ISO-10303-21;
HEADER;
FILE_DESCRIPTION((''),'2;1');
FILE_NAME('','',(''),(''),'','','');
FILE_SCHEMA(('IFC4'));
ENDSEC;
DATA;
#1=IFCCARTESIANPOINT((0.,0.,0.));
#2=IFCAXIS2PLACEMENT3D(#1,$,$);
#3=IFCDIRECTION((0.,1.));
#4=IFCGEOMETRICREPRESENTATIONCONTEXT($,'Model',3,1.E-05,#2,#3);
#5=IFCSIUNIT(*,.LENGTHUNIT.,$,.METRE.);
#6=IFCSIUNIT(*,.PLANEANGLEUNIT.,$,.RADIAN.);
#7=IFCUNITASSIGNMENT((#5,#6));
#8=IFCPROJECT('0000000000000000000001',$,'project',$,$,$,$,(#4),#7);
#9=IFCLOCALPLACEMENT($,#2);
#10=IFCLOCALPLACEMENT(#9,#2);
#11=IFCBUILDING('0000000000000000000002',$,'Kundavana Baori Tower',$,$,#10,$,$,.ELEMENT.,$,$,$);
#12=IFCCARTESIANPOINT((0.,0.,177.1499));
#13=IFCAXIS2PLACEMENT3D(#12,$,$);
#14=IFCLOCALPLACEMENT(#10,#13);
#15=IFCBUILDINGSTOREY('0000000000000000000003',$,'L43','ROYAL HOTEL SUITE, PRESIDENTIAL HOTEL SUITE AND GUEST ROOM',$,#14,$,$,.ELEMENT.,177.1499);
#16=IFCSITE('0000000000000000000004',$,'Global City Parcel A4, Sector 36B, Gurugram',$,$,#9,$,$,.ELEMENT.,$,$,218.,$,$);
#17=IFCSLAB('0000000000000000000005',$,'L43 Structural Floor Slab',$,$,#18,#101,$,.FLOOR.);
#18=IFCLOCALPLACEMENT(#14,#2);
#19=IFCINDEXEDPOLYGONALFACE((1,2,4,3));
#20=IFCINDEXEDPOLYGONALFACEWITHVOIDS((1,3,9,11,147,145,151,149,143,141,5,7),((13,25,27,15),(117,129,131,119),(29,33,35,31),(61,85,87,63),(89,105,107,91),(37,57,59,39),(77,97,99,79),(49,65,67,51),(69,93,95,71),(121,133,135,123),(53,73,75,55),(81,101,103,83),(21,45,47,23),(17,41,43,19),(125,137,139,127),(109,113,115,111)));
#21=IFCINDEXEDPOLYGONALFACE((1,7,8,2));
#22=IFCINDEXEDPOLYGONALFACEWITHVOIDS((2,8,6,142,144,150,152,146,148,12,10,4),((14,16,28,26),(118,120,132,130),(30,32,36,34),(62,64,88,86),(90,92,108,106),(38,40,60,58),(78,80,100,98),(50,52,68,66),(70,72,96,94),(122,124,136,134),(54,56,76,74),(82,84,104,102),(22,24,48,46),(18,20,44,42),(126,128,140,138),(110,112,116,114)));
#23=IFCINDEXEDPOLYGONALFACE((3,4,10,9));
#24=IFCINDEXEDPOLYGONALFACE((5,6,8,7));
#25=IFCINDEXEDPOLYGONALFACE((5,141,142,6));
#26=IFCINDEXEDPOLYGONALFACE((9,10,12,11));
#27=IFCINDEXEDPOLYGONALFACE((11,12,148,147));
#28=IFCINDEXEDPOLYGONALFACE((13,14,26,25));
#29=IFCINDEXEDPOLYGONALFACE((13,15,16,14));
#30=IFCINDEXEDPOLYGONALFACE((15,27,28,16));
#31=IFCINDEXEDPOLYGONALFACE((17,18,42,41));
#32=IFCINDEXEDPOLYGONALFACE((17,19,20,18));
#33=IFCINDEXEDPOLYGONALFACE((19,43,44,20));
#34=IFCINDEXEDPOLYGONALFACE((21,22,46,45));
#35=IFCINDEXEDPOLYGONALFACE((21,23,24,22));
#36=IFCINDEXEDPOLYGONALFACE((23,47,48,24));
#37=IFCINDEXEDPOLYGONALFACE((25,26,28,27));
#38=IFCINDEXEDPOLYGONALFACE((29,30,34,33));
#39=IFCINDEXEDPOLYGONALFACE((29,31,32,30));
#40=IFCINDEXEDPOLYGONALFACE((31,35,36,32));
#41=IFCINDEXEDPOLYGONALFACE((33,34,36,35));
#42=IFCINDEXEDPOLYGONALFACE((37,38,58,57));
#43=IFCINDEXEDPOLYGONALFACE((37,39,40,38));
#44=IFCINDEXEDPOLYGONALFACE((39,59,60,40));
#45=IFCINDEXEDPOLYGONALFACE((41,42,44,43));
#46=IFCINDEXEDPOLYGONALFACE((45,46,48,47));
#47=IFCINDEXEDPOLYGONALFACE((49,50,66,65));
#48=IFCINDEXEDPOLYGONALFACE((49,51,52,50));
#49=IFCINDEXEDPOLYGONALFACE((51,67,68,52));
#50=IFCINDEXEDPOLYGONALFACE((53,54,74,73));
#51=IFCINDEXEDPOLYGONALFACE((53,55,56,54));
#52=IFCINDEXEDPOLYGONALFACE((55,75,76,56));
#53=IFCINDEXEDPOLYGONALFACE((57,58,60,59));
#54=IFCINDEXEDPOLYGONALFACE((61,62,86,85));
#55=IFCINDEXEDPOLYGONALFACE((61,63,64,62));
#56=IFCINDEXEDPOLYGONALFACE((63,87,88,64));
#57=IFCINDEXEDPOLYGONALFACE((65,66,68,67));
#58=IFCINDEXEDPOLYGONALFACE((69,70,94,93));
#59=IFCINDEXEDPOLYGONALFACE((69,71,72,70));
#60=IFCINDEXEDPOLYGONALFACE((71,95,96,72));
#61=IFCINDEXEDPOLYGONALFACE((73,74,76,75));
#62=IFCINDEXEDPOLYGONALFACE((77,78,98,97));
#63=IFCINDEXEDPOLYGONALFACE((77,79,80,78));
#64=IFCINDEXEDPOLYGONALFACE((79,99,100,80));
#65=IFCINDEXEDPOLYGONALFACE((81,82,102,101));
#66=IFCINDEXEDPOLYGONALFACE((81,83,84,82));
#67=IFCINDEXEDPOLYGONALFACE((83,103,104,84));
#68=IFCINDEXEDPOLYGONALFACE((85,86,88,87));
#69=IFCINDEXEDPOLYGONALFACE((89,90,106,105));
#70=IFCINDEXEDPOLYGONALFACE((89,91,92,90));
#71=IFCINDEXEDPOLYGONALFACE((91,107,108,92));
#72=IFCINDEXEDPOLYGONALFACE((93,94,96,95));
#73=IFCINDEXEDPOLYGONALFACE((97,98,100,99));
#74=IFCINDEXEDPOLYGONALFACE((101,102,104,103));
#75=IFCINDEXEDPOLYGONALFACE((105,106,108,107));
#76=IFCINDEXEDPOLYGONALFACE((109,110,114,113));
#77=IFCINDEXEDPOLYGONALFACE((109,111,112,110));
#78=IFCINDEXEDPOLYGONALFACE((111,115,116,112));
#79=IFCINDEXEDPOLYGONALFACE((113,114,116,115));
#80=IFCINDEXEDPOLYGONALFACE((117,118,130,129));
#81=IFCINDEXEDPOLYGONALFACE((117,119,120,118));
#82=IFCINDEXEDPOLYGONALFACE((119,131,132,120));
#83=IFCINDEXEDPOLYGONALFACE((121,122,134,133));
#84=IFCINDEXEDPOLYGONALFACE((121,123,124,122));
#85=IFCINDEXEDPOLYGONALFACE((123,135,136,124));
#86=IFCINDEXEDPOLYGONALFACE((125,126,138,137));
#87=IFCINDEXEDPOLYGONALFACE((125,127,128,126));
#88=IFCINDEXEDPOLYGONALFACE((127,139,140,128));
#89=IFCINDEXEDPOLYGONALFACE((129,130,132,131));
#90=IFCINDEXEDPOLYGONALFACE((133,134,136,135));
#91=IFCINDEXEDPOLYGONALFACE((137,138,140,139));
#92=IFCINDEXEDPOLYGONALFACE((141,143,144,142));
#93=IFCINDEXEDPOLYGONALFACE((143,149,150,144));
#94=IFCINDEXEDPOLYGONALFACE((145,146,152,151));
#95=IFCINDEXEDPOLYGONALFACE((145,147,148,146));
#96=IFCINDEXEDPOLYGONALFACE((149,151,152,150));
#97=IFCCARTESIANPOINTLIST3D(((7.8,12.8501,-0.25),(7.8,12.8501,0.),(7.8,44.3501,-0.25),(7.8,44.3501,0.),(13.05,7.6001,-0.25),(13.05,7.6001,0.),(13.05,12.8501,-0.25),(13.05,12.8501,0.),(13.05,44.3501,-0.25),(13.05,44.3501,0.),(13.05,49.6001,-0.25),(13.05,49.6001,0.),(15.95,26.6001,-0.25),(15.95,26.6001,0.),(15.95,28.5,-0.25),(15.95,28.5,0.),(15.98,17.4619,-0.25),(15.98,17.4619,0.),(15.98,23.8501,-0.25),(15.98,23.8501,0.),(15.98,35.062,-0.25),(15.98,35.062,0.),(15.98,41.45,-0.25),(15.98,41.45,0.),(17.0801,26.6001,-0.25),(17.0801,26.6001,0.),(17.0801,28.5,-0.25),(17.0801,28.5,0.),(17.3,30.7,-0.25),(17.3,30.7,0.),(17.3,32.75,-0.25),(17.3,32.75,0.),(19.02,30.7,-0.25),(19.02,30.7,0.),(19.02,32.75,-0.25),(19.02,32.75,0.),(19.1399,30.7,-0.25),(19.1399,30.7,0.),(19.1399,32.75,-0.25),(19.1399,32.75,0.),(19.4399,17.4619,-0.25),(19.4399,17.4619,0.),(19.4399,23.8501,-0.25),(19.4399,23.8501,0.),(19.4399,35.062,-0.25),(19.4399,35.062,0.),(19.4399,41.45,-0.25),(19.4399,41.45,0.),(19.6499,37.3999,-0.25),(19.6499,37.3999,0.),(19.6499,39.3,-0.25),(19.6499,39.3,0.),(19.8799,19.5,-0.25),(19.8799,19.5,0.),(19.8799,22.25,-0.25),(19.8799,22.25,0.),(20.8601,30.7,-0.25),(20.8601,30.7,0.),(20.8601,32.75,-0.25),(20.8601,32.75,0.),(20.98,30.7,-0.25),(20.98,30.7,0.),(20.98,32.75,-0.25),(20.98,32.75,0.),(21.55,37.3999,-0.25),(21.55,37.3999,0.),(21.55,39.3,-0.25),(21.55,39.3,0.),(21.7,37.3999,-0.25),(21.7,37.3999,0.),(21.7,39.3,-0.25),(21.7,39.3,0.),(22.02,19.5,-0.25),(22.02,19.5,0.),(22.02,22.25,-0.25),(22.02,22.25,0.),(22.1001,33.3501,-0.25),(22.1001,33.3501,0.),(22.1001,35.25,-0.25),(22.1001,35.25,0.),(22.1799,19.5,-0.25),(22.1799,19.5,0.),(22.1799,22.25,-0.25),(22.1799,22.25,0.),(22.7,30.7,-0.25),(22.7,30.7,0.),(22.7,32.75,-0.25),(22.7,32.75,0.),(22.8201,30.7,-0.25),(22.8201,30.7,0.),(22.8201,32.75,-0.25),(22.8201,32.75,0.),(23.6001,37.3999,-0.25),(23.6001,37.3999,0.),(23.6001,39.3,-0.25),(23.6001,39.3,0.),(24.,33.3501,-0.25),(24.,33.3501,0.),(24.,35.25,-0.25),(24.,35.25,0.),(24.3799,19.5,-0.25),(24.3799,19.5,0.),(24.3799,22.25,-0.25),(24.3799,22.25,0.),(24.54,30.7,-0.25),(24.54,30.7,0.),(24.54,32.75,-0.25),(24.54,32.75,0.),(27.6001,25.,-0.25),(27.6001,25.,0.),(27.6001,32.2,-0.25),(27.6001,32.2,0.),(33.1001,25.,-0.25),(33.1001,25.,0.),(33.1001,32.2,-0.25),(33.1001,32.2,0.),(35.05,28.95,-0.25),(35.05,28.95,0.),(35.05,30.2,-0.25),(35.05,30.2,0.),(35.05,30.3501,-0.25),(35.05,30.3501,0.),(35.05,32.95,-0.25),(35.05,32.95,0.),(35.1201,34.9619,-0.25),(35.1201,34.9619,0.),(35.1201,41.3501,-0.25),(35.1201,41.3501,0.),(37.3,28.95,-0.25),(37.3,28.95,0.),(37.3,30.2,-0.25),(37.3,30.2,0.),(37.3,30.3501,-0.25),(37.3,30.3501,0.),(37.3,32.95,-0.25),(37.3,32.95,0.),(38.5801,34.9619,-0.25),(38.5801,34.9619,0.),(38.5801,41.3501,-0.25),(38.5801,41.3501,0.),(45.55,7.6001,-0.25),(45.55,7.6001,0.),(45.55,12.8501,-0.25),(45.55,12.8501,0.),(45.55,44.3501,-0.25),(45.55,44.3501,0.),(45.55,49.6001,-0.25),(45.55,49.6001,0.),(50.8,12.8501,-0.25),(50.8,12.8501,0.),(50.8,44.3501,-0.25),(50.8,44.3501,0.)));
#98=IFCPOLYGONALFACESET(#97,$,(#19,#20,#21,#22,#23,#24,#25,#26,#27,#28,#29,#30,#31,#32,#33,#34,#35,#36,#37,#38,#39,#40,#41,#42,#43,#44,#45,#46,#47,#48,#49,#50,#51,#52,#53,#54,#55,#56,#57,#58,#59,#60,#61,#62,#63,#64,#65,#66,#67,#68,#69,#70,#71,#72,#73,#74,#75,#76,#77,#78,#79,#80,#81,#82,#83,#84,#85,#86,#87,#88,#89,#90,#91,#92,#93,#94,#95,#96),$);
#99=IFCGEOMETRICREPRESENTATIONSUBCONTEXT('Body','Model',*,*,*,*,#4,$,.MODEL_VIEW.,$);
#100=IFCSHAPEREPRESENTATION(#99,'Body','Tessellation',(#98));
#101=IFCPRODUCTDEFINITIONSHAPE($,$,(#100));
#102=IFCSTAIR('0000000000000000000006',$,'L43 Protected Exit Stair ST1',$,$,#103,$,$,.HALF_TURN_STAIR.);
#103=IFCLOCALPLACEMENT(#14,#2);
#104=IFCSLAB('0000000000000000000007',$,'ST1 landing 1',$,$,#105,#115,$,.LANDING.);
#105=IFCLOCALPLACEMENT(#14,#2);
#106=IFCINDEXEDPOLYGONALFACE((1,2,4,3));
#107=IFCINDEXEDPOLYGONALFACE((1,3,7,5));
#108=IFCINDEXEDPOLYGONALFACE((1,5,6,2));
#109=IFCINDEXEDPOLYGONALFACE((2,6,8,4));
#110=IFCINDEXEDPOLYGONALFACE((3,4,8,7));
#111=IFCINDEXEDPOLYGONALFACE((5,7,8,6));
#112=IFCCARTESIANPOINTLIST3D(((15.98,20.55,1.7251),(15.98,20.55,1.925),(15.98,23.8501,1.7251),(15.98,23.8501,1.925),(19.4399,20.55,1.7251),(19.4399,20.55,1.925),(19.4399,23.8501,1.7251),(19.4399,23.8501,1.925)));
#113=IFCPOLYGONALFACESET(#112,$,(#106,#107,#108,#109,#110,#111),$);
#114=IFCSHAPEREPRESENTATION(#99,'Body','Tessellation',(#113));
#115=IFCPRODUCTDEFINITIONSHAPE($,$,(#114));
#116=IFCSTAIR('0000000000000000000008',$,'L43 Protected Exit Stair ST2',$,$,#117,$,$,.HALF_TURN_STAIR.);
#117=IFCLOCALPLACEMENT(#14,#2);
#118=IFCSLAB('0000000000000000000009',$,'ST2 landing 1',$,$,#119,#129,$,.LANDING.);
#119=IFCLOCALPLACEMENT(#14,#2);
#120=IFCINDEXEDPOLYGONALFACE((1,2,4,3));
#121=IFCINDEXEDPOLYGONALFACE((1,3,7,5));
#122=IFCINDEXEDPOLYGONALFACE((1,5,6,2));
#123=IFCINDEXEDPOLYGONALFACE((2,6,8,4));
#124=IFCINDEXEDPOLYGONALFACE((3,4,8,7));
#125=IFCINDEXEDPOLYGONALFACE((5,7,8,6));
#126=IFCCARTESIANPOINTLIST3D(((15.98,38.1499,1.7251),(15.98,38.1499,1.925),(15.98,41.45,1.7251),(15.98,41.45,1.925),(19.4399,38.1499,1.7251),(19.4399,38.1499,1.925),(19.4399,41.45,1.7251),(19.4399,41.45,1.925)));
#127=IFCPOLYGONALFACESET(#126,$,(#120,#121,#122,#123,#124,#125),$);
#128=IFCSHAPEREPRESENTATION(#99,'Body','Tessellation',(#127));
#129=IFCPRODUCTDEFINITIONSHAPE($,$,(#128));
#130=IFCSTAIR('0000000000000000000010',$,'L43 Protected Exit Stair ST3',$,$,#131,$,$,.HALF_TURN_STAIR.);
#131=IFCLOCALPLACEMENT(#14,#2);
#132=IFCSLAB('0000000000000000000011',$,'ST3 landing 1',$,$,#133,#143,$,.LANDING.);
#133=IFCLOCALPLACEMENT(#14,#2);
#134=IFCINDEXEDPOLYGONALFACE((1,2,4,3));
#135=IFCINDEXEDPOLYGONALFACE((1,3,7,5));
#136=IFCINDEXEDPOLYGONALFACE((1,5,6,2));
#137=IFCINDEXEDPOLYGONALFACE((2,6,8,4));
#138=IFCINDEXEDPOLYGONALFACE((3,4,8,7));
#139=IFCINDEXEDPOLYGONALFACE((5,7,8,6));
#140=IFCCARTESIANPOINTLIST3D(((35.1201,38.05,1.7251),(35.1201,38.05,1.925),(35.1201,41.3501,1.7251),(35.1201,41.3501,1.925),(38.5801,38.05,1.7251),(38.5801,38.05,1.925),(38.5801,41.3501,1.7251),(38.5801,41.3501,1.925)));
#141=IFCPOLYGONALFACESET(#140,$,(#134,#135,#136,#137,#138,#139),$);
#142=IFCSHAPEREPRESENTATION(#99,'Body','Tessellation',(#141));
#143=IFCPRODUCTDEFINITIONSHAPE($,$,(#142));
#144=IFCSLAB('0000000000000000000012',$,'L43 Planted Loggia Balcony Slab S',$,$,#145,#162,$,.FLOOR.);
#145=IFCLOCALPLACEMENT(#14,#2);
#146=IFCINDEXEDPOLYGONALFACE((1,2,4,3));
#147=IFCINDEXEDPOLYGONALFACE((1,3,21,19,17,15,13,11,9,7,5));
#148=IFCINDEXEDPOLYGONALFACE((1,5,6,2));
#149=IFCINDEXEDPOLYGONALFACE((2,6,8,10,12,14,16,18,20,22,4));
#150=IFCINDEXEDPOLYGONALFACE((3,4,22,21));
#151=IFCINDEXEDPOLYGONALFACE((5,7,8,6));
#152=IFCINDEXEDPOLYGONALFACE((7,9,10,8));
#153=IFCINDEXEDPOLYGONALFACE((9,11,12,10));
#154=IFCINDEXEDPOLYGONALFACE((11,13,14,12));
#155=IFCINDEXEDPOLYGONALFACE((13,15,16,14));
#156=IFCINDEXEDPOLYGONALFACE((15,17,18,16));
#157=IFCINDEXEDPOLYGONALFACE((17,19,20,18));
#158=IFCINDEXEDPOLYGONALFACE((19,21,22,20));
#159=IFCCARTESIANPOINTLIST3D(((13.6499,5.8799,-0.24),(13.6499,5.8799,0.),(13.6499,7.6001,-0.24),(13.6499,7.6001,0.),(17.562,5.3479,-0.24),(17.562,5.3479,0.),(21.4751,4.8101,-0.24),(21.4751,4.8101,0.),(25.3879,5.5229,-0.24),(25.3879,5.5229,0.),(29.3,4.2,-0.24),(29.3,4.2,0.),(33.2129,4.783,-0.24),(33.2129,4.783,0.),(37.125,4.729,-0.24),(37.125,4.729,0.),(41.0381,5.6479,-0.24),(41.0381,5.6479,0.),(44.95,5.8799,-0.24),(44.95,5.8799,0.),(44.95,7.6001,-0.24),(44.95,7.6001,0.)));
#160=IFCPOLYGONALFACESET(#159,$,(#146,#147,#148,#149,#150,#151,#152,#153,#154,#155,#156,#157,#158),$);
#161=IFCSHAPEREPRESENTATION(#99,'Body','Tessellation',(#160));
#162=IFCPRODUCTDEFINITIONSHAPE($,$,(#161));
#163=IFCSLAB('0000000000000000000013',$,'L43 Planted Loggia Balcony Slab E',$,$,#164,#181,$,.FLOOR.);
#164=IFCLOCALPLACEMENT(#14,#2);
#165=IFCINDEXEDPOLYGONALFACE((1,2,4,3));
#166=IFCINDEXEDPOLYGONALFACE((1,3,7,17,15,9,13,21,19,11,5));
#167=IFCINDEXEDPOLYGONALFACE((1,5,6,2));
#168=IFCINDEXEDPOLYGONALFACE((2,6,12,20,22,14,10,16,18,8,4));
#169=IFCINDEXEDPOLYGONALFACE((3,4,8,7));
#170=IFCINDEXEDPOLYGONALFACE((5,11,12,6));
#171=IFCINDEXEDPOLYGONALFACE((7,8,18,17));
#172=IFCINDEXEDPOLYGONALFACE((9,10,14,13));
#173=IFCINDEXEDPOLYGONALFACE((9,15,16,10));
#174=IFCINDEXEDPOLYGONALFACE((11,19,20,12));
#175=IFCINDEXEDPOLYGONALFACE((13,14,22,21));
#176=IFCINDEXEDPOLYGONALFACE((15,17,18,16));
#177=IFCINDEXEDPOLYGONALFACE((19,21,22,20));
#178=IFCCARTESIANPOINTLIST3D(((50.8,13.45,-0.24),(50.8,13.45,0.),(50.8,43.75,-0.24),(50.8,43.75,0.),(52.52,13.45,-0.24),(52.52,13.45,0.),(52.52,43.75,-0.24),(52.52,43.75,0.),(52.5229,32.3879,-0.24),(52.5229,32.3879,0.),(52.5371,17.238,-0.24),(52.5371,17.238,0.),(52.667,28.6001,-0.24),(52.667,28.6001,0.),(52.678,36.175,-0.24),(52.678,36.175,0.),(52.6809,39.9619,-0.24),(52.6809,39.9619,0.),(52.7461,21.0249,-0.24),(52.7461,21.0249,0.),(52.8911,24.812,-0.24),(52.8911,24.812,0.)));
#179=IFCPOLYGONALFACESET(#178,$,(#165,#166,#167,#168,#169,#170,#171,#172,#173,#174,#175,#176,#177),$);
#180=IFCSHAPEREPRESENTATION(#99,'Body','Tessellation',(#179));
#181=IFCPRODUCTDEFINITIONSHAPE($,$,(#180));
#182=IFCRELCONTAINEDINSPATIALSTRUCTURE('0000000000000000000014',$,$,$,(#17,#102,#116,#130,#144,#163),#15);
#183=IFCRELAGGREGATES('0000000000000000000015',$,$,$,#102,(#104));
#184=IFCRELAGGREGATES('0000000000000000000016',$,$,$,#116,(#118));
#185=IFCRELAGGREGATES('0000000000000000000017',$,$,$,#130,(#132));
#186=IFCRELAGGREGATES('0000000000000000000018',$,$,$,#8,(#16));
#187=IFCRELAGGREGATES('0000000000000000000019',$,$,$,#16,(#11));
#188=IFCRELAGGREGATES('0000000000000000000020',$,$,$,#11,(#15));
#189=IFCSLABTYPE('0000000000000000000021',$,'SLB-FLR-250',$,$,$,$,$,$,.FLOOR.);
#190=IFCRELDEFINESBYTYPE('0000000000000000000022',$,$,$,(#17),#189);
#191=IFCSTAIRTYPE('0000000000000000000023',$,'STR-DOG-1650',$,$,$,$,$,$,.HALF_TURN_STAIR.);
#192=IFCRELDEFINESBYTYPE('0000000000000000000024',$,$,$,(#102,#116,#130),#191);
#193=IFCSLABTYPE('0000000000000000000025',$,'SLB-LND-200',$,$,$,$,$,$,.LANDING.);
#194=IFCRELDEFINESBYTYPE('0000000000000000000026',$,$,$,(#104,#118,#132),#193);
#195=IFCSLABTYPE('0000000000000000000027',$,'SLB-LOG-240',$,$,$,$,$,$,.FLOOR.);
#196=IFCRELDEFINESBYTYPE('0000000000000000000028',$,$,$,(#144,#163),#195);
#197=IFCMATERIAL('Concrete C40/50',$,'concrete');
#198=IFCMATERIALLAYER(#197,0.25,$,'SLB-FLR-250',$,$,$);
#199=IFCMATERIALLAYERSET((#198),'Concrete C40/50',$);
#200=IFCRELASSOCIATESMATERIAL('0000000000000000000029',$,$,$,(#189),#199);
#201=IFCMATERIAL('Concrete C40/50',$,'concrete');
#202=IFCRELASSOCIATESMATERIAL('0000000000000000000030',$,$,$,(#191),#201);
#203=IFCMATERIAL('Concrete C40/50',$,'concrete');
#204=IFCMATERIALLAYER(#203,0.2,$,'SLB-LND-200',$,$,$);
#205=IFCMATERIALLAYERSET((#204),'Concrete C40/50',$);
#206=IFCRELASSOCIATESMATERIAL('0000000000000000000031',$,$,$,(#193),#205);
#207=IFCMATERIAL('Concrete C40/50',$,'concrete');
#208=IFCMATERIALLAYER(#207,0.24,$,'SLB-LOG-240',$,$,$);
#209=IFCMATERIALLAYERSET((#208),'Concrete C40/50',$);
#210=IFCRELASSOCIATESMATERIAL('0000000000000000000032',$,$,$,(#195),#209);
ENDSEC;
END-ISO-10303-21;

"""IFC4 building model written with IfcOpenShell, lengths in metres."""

from ifc_helpers import new_model, si_unit, direction, frame, origin, place, context, subcontext, project, spatial, polyline, outline, extrude, material, layer, layer_set, type_object, element, aggregate, save


model = new_model("IFC4")

# Units and contexts
model_context = context("Model", 3, precision=1e-05, world=origin(), true_north=direction((0.0, 1.0)))
body_context = subcontext(model_context, "Body", "Model", "MODEL_VIEW")
ifc_project = project(units=[si_unit("LENGTHUNIT", "METRE"), si_unit("PLANEANGLEUNIT", "RADIAN")], contexts=[model_context])

# Site, building, storey
site_placement = place(None, origin())
site = spatial("IfcSite", under=ifc_project, at=site_placement, Name="Global City Parcel A4, Sector 36B, Gurugram", CompositionType="ELEMENT", RefElevation=218.0)
building_placement = place(site_placement, origin())
building = spatial("IfcBuilding", under=site, at=building_placement, Name="Kundavana Baori Tower", CompositionType="ELEMENT")
storey_placement = place(building_placement, frame((0.0, 0.0, 177.1499)))
storey = spatial("IfcBuildingStorey", under=building, at=storey_placement, Name="L43", Description="ROYAL HOTEL SUITE, PRESIDENTIAL HOTEL SUITE AND GUEST ROOM", CompositionType="ELEMENT", Elevation=177.1499)

# Slab
ifc_material_1 = material(Name="Concrete C40/50", Category="concrete")
ifc_layer_1 = layer(ifc_material_1, 0.25, Name="SLB-FLR-250")
ifc_layer_set_1 = layer_set([ifc_layer_1], Name="Concrete C40/50")
slab_type_1 = type_object("IfcSlabType", Name="SLB-FLR-250", PredefinedType="FLOOR", material=ifc_layer_set_1)
slab_1_placement = place(storey_placement, frame((0.0, 0.0, -0.25)))
element("IfcSlab", 1, at=slab_1_placement, inside=storey, type_object=slab_type_1, Name="L43 Structural Floor Slab", PredefinedType="FLOOR", context=body_context, shape_type="SweptSolid", body=[
    extrude(outline(polyline([(13.05, 7.6001), (45.55, 7.6001), (45.55, 12.8501), (50.8, 12.8501), (50.8, 44.3501), (45.55, 44.3501), (45.55, 49.6001), (13.05, 49.6001), (13.05, 44.3501), (7.8, 44.3501), (7.8, 12.8501), (13.05, 12.8501), (13.05, 7.6001)]), holes=[polyline([(19.4399, 17.4619), (19.4399, 23.8501), (15.98, 23.8501), (15.98, 17.4619), (19.4399, 17.4619)]), polyline([(19.4399, 35.062), (19.4399, 41.45), (15.98, 41.45), (15.98, 35.062), (19.4399, 35.062)]), polyline([(38.5801, 34.9619), (38.5801, 41.3501), (35.1201, 41.3501), (35.1201, 34.9619), (38.5801, 34.9619)]), polyline([(17.3, 30.7), (19.02, 30.7), (19.02, 32.75), (17.3, 32.75), (17.3, 30.7)]), polyline([(19.1399, 30.7), (20.8601, 30.7), (20.8601, 32.75), (19.1399, 32.75), (19.1399, 30.7)]), polyline([(20.98, 30.7), (22.7, 30.7), (22.7, 32.75), (20.98, 32.75), (20.98, 30.7)]), polyline([(22.8201, 30.7), (24.54, 30.7), (24.54, 32.75), (22.8201, 32.75), (22.8201, 30.7)]), polyline([(19.6499, 37.3999), (21.55, 37.3999), (21.55, 39.3), (19.6499, 39.3), (19.6499, 37.3999)]), polyline([(21.7, 37.3999), (23.6001, 37.3999), (23.6001, 39.3), (21.7, 39.3), (21.7, 37.3999)]), polyline([(22.1001, 33.3501), (24.0, 33.3501), (24.0, 35.25), (22.1001, 35.25), (22.1001, 33.3501)]), polyline([(19.8799, 19.5), (22.02, 19.5), (22.02, 22.25), (19.8799, 22.25), (19.8799, 19.5)]), polyline([(22.1799, 19.5), (24.3799, 19.5), (24.3799, 22.25), (22.1799, 22.25), (22.1799, 19.5)]), polyline([(35.05, 30.3501), (37.3, 30.3501), (37.3, 32.95), (35.05, 32.95), (35.05, 30.3501)]), polyline([(15.95, 26.6001), (17.0801, 26.6001), (17.0801, 28.5), (15.95, 28.5), (15.95, 26.6001)]), polyline([(35.05, 28.95), (37.3, 28.95), (37.3, 30.2), (35.05, 30.2), (35.05, 28.95)]), polyline([(27.6001, 25.0), (33.1001, 25.0), (33.1001, 32.2), (27.6001, 32.2), (27.6001, 25.0)])]), origin(), (0.0, 0.0, 1.0), 0.25),
])

# Stairs, slabs
ifc_material_2 = material(Name="Concrete C40/50", Category="concrete")
stair_type = type_object("IfcStairType", Name="STR-DOG-1650", PredefinedType="HALF_TURN_STAIR", material=ifc_material_2)
stair_1_placement = place(storey_placement, origin())
stair_1 = element("IfcStair", 2, at=stair_1_placement, inside=storey, type_object=stair_type, Name="L43 Protected Exit Stair ST1", PredefinedType="HALF_TURN_STAIR")
ifc_material_3 = material(Name="Concrete C40/50", Category="concrete")
ifc_layer_2 = layer(ifc_material_3, 0.2, Name="SLB-LND-200")
ifc_layer_set_2 = layer_set([ifc_layer_2], Name="Concrete C40/50")
slab_type_2 = type_object("IfcSlabType", Name="SLB-LND-200", PredefinedType="LANDING", material=ifc_layer_set_2)
slab_2_placement = place(storey_placement, frame((0.0, 0.0, 1.7251)))
slab_2 = element("IfcSlab", 3, at=slab_2_placement, type_object=slab_type_2, Name="ST1 landing 1", PredefinedType="LANDING", context=body_context, shape_type="SweptSolid", body=[
    extrude(outline(polyline([(19.4399, 20.55), (19.4399, 23.8501), (15.98, 23.8501), (15.98, 20.55), (19.4399, 20.55)])), origin(), (0.0, 0.0, 1.0), 0.2),
])
aggregate(stair_1, [slab_2])
stair_2_placement = place(storey_placement, origin())
stair_2 = element("IfcStair", 4, at=stair_2_placement, inside=storey, type_object=stair_type, Name="L43 Protected Exit Stair ST2", PredefinedType="HALF_TURN_STAIR")
slab_3_placement = place(storey_placement, frame((0.0, 0.0, 1.7251)))
slab_3 = element("IfcSlab", 5, at=slab_3_placement, type_object=slab_type_2, Name="ST2 landing 1", PredefinedType="LANDING", context=body_context, shape_type="SweptSolid", body=[
    extrude(outline(polyline([(19.4399, 38.1499), (19.4399, 41.45), (15.98, 41.45), (15.98, 38.1499), (19.4399, 38.1499)])), origin(), (0.0, 0.0, 1.0), 0.2),
])
aggregate(stair_2, [slab_3])
stair_3_placement = place(storey_placement, origin())
stair_3 = element("IfcStair", 6, at=stair_3_placement, inside=storey, type_object=stair_type, Name="L43 Protected Exit Stair ST3", PredefinedType="HALF_TURN_STAIR")
slab_4_placement = place(storey_placement, frame((0.0, 0.0, 1.7251)))
slab_4 = element("IfcSlab", 7, at=slab_4_placement, type_object=slab_type_2, Name="ST3 landing 1", PredefinedType="LANDING", context=body_context, shape_type="SweptSolid", body=[
    extrude(outline(polyline([(38.5801, 38.05), (38.5801, 41.3501), (35.1201, 41.3501), (35.1201, 38.05), (38.5801, 38.05)])), origin(), (0.0, 0.0, 1.0), 0.2),
])
aggregate(stair_3, [slab_4])

# Slabs
ifc_material_4 = material(Name="Concrete C40/50", Category="concrete")
ifc_layer_3 = layer(ifc_material_4, 0.24, Name="SLB-LOG-240")
ifc_layer_set_3 = layer_set([ifc_layer_3], Name="Concrete C40/50")
slab_type_3 = type_object("IfcSlabType", Name="SLB-LOG-240", PredefinedType="FLOOR", material=ifc_layer_set_3)
slab_5_placement = place(storey_placement, frame((0.0, 0.0, -0.24)))
element("IfcSlab", 8, at=slab_5_placement, inside=storey, type_object=slab_type_3, Name="L43 Planted Loggia Balcony Slab S", PredefinedType="FLOOR", context=body_context, shape_type="SweptSolid", body=[
    extrude(outline(polyline([(13.6499, 7.6001), (44.95, 7.6001), (44.95, 5.8799), (41.0381, 5.6479), (37.125, 4.729), (33.2129, 4.783), (29.3, 4.2), (25.3879, 5.5229), (21.4751, 4.8101), (17.562, 5.3479), (13.6499, 5.8799), (13.6499, 7.6001)])), origin(), (0.0, 0.0, 1.0), 0.24),
])
slab_6_placement = place(storey_placement, frame((0.0, 0.0, -0.24)))
element("IfcSlab", 9, at=slab_6_placement, inside=storey, type_object=slab_type_3, Name="L43 Planted Loggia Balcony Slab E", PredefinedType="FLOOR", context=body_context, shape_type="SweptSolid", body=[
    extrude(outline(polyline([(50.8, 13.45), (50.8, 43.75), (52.52, 43.75), (52.6809, 39.9619), (52.678, 36.175), (52.5229, 32.3879), (52.667, 28.6001), (52.8911, 24.812), (52.7461, 21.0249), (52.5371, 17.238), (52.52, 13.45), (50.8, 13.45)])), origin(), (0.0, 0.0, 1.0), 0.24),
])

save(model, "model.ifc")
